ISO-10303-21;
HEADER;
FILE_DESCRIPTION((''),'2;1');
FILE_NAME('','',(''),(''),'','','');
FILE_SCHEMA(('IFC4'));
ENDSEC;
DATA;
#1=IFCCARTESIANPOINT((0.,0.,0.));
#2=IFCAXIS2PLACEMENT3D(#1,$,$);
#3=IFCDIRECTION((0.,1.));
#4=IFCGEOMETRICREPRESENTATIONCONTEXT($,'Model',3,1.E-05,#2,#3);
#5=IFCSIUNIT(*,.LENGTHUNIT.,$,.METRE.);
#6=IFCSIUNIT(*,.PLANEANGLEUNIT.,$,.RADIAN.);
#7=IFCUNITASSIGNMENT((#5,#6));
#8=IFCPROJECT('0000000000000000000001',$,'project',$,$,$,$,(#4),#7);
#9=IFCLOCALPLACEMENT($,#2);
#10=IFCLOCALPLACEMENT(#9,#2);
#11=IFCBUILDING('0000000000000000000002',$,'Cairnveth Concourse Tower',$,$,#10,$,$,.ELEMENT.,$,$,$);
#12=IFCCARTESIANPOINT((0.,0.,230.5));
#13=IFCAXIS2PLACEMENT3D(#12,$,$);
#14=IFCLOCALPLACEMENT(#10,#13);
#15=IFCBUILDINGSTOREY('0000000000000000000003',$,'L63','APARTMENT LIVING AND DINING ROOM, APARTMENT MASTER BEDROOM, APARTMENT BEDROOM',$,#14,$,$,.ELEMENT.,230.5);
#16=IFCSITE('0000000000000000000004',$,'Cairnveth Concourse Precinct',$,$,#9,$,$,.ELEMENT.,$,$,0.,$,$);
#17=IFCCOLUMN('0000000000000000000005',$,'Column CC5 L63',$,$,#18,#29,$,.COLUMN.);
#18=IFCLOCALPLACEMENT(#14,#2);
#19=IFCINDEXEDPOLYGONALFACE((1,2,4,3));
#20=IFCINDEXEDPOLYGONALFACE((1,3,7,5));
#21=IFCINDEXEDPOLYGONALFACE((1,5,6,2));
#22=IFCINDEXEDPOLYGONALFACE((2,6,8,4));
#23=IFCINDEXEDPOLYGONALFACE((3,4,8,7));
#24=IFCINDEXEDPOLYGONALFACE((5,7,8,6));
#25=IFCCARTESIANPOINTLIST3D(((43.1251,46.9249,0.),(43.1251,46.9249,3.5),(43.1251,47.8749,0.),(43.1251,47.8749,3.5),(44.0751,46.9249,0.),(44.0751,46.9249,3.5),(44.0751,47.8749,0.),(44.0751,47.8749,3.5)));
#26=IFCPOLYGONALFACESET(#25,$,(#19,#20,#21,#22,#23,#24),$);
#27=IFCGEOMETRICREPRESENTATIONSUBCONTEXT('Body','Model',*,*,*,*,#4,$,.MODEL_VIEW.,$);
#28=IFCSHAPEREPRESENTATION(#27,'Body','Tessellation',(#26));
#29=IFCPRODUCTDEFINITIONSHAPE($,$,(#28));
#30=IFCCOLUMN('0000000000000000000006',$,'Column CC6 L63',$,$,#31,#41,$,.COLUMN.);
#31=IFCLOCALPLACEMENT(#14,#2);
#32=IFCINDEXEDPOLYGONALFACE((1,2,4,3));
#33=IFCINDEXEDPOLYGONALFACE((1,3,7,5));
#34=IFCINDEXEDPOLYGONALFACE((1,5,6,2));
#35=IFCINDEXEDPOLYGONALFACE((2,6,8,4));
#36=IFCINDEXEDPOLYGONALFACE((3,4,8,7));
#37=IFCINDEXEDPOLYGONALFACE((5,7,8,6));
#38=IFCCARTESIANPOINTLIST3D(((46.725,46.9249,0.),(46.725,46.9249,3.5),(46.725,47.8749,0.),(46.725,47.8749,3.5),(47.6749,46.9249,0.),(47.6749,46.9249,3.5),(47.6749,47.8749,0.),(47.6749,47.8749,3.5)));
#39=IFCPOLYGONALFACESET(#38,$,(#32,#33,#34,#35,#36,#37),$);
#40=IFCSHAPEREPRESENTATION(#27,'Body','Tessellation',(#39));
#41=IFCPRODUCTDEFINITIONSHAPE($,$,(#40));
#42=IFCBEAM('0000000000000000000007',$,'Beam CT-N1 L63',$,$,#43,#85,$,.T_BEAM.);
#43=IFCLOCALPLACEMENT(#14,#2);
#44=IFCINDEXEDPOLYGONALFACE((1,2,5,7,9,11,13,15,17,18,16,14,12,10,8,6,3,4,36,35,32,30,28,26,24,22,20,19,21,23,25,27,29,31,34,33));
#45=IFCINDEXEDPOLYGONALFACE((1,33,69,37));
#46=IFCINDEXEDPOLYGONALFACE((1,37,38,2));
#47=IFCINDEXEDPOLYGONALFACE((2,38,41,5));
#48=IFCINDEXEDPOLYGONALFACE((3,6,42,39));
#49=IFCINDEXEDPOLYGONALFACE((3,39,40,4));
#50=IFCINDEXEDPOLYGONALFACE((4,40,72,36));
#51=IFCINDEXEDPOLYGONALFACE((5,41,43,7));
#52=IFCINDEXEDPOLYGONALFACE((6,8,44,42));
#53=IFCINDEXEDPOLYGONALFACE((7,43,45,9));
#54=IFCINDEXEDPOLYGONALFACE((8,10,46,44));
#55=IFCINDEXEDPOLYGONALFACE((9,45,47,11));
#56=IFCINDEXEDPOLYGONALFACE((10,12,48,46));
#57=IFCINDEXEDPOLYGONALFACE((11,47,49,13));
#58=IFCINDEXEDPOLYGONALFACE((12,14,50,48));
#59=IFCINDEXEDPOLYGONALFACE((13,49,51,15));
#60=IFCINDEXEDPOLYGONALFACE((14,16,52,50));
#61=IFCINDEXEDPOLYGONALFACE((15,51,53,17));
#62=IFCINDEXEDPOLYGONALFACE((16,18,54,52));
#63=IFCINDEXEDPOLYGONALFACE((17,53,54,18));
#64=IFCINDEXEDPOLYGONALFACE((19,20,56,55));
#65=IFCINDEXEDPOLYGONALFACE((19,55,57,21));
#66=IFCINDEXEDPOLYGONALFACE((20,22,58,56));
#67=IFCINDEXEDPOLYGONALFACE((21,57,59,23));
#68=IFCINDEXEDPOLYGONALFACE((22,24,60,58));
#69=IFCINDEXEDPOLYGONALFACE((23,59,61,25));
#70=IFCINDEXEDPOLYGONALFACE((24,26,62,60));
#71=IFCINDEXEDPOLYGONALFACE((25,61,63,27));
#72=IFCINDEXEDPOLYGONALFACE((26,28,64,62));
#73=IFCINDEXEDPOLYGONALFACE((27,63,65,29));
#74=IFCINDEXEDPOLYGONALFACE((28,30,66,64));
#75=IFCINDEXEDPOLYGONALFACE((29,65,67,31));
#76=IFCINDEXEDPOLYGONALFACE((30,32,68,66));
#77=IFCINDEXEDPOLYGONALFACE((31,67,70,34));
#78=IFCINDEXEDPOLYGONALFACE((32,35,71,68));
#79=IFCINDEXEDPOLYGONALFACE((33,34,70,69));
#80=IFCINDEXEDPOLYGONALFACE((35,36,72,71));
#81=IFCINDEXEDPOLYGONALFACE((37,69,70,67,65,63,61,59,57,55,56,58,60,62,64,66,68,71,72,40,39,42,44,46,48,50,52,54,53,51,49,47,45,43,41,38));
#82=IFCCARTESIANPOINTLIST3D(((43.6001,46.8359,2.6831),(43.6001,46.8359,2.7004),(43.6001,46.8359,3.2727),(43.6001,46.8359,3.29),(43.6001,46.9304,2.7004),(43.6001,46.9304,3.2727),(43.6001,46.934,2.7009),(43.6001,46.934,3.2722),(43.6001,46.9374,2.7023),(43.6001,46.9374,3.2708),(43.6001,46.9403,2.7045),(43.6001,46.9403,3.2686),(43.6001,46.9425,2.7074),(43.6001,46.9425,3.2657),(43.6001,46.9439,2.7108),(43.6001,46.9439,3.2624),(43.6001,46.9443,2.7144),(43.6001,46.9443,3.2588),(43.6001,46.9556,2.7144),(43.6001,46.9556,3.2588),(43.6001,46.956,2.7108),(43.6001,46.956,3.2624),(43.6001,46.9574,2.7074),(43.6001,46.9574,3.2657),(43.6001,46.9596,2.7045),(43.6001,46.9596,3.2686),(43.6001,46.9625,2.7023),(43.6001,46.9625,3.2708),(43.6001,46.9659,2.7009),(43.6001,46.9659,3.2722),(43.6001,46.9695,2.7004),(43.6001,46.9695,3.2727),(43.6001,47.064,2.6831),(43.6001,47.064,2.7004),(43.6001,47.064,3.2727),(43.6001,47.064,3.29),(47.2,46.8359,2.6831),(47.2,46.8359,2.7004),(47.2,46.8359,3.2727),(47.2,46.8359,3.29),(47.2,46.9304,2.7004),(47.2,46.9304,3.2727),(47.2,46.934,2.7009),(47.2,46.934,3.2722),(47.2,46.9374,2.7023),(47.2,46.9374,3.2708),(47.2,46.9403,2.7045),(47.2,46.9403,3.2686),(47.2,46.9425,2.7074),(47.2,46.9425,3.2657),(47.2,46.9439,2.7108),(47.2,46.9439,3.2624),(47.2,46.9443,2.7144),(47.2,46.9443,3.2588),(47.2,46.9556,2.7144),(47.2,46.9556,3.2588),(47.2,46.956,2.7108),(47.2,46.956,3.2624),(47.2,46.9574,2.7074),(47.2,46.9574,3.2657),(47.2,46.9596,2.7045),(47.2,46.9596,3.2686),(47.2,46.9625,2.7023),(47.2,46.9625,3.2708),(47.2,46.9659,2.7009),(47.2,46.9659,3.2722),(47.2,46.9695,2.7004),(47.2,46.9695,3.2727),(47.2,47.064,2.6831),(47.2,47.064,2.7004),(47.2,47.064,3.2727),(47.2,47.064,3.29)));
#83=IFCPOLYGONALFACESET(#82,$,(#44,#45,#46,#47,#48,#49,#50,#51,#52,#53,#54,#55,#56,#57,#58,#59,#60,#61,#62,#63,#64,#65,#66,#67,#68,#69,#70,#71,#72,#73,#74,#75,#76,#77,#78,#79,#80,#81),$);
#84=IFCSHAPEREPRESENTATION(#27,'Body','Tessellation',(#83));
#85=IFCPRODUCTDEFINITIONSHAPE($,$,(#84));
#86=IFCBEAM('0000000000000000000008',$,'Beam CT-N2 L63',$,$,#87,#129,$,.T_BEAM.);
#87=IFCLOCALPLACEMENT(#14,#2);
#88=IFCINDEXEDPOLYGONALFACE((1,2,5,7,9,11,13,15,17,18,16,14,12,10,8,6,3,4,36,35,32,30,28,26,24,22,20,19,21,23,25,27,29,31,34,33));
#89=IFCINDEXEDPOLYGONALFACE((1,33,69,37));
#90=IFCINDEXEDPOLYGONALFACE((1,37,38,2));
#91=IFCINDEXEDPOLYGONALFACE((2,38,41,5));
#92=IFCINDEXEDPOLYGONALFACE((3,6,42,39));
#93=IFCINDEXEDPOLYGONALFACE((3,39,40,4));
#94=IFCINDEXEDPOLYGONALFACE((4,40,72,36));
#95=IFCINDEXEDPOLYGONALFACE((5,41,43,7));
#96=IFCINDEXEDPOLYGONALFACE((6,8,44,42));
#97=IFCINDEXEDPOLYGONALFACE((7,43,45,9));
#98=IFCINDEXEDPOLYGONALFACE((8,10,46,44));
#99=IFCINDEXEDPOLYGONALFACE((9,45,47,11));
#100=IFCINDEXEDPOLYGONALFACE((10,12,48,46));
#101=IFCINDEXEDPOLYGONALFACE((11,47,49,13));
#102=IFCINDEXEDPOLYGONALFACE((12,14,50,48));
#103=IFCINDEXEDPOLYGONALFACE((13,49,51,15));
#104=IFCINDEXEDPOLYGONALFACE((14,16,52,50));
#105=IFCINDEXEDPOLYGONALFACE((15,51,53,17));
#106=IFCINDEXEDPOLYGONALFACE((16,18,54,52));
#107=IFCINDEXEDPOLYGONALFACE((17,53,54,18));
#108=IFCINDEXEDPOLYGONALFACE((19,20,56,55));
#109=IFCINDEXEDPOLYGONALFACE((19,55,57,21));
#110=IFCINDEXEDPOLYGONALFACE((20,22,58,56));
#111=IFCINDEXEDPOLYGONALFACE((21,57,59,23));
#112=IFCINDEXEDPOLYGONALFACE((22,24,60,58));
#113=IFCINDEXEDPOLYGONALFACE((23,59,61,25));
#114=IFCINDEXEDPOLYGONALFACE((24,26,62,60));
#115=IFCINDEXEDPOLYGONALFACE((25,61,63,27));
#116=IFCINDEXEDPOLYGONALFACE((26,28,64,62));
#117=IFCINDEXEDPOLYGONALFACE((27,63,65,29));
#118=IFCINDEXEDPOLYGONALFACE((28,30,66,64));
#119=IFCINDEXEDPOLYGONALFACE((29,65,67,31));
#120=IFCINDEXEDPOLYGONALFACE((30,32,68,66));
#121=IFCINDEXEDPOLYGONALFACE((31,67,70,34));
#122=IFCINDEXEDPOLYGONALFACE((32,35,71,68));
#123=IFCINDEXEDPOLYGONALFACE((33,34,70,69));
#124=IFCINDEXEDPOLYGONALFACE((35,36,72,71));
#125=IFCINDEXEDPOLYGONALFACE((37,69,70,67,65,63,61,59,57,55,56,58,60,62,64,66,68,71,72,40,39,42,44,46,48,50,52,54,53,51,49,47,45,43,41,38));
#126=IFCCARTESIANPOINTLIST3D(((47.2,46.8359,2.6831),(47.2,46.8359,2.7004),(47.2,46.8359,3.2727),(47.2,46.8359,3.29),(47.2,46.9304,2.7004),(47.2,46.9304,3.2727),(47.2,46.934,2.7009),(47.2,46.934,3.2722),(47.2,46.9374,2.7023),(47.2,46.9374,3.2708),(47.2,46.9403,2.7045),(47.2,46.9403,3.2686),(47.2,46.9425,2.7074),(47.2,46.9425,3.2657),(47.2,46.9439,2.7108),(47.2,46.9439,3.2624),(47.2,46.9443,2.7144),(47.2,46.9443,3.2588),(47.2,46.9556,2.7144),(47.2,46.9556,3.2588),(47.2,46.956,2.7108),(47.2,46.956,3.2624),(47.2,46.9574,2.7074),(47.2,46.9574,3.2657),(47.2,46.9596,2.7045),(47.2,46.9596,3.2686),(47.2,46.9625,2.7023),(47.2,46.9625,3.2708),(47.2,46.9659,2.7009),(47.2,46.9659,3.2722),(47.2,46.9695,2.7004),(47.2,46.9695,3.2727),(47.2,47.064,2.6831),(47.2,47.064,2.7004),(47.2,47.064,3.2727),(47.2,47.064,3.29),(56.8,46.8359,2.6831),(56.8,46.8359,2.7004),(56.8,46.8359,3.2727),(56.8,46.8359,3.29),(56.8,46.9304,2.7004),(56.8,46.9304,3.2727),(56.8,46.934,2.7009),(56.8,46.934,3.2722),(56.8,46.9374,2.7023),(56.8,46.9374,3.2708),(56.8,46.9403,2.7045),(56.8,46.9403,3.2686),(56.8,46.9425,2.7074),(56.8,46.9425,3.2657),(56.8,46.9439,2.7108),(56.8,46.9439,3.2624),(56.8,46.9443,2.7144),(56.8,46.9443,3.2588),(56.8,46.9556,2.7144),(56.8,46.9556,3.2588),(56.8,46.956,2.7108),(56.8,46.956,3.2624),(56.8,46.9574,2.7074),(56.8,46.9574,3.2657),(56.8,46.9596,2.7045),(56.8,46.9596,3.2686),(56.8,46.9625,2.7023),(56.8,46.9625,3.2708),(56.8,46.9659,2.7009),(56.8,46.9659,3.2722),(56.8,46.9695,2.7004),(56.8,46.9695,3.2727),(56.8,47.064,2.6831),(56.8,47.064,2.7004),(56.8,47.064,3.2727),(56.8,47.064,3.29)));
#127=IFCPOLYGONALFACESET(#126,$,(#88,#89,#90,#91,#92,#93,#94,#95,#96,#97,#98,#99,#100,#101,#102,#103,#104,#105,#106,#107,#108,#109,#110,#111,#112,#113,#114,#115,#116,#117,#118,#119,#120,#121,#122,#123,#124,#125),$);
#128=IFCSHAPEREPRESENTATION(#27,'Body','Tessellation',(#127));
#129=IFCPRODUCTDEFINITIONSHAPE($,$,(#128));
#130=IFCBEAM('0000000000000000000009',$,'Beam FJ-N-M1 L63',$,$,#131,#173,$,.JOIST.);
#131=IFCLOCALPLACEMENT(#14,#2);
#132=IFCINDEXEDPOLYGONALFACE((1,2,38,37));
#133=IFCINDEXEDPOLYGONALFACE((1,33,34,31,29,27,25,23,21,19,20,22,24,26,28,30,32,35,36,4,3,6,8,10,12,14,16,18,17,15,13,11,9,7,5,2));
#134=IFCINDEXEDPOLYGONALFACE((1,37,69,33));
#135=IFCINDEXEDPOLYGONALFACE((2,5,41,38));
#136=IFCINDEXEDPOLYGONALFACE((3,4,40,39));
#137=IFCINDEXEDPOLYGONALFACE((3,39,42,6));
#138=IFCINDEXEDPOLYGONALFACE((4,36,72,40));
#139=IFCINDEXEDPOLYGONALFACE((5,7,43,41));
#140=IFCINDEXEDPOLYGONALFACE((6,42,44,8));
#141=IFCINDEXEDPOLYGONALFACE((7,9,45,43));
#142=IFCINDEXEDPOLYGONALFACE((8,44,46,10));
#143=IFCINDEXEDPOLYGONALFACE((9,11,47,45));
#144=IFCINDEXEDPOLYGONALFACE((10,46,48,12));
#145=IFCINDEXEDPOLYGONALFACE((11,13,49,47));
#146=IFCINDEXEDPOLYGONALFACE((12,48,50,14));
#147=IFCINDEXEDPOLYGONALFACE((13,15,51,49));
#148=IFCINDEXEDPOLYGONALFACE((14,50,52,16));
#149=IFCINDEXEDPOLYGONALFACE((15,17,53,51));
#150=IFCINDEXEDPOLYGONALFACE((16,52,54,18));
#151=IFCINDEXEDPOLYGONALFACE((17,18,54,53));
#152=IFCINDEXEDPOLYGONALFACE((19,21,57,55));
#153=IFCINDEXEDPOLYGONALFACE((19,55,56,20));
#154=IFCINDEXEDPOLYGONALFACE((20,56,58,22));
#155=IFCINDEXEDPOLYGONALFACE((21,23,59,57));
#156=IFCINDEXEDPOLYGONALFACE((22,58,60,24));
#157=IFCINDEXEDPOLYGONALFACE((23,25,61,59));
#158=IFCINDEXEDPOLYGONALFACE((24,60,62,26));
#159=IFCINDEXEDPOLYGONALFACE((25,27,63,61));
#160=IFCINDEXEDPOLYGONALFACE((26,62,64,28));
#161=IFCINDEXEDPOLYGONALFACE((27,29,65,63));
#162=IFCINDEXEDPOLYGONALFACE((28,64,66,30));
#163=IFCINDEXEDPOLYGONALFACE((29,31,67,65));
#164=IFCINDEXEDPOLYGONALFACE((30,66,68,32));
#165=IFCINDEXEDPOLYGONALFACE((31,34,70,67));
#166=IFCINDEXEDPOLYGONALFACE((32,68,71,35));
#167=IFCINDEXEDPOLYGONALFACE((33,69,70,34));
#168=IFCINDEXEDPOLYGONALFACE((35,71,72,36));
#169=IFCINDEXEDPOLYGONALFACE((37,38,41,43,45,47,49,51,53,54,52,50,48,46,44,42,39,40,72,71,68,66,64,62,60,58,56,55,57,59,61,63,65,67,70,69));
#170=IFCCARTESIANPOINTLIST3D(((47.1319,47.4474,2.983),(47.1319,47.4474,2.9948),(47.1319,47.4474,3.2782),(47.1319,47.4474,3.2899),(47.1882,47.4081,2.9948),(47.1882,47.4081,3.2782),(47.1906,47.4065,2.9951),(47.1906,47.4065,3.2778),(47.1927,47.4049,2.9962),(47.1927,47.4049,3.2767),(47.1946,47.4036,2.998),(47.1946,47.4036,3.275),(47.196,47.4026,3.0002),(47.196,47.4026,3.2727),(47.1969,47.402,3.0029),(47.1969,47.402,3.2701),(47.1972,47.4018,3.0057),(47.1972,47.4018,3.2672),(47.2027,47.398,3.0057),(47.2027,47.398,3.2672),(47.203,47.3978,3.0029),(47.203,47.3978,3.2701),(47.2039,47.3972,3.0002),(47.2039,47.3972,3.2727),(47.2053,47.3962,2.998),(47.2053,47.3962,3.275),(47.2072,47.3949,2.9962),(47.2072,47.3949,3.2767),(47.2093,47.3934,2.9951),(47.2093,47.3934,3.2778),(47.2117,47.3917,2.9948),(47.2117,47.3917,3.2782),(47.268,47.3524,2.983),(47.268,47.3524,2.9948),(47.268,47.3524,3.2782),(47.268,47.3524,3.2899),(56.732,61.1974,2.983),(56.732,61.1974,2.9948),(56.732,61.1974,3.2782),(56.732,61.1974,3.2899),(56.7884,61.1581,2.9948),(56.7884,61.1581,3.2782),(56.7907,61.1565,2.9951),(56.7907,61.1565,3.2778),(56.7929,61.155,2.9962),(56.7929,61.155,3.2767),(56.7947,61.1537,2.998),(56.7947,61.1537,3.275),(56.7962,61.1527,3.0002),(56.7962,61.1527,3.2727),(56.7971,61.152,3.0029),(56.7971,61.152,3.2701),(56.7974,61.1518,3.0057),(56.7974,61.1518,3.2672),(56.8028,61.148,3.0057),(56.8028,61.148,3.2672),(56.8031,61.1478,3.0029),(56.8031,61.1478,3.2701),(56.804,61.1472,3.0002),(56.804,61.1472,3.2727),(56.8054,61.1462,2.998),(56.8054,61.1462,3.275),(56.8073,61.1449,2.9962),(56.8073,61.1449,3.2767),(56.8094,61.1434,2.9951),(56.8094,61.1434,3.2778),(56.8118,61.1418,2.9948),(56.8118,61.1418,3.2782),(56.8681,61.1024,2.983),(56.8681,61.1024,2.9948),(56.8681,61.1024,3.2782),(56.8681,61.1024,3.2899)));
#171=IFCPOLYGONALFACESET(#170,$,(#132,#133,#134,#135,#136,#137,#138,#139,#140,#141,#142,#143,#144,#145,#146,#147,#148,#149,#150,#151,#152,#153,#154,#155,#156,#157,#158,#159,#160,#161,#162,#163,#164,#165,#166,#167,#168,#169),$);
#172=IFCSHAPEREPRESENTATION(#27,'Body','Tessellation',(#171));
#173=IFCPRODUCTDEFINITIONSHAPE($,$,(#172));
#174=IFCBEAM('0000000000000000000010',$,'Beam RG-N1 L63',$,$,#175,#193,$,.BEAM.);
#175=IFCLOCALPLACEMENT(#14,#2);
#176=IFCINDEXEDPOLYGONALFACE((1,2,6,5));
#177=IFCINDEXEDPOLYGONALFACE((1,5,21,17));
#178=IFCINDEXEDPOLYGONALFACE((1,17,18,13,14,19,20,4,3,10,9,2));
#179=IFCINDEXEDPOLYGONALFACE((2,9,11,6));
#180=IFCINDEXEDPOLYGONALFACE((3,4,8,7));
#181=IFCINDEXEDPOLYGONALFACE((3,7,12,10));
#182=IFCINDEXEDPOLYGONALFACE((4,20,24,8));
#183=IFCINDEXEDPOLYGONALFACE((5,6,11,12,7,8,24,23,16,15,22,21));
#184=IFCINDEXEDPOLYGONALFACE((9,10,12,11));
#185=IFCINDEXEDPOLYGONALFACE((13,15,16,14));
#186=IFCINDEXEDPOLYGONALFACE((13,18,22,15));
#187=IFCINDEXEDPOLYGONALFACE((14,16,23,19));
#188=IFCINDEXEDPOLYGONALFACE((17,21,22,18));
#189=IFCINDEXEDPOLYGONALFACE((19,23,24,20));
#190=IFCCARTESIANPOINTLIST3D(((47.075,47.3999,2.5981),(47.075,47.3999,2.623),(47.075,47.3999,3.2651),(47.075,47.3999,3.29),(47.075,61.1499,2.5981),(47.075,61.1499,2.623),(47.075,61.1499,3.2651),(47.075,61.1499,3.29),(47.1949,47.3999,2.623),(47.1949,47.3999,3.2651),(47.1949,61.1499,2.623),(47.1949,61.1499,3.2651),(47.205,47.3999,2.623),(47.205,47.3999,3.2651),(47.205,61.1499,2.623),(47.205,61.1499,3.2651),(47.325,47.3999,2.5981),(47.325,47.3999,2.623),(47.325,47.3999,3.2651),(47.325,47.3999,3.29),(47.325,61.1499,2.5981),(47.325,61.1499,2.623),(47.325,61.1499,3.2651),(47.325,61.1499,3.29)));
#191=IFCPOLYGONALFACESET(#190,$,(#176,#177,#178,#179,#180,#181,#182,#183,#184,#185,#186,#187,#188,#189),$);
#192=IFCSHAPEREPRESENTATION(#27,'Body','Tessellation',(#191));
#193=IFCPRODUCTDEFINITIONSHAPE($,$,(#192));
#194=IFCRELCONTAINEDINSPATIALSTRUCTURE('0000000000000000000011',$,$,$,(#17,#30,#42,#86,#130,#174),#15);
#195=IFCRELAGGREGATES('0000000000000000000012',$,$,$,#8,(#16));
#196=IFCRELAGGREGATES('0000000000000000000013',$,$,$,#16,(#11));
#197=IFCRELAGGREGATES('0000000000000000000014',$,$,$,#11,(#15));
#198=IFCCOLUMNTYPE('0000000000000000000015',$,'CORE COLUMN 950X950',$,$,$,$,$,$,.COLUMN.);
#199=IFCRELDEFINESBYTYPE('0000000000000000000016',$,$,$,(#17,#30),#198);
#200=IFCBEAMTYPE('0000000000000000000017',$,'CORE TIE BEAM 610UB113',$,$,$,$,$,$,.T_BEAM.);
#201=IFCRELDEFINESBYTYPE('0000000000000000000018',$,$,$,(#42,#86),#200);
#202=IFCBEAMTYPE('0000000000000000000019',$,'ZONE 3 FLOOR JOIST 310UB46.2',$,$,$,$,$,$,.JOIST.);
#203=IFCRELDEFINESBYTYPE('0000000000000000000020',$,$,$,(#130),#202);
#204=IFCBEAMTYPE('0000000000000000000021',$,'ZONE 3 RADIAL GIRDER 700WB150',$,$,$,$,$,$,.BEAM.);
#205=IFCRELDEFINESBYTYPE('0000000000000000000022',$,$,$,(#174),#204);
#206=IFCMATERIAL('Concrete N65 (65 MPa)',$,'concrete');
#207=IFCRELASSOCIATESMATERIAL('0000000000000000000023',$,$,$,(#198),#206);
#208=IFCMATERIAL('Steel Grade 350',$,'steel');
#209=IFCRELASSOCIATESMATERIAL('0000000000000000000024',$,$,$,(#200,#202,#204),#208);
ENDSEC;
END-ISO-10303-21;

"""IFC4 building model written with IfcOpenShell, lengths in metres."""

from ifc_helpers import new_model, si_unit, direction, frame, origin, origin_2d, place, context, subcontext, project, spatial, rectangle, i_section, extrude, material, material_profile, profile_set, type_object, element, save


model = new_model("IFC4")

# Units and contexts
model_context = context("Model", 3, precision=1e-05, world=origin(), true_north=direction((0.0, 1.0)))
body_context = subcontext(model_context, "Body", "Model", "MODEL_VIEW")
ifc_project = project(units=[si_unit("LENGTHUNIT", "METRE"), si_unit("PLANEANGLEUNIT", "RADIAN")], contexts=[model_context])

# Site, building, storey
site_placement = place(None, origin())
site = spatial("IfcSite", under=ifc_project, at=site_placement, Name="Cairnveth Concourse Precinct", CompositionType="ELEMENT", RefElevation=0.0)
building_placement = place(site_placement, origin())
building = spatial("IfcBuilding", under=site, at=building_placement, Name="Cairnveth Concourse Tower", CompositionType="ELEMENT")
storey_placement = place(building_placement, frame((0.0, 0.0, 230.5)))
storey = spatial("IfcBuildingStorey", under=building, at=storey_placement, Name="L63", Description="APARTMENT LIVING AND DINING ROOM, APARTMENT MASTER BEDROOM, APARTMENT BEDROOM", CompositionType="ELEMENT", Elevation=230.5)

# Columns
ifc_material_1 = material(Name="Concrete N65 (65 MPa)", Category="concrete")
ifc_material_profile_1 = material_profile(ifc_material_1, rectangle(XDim=0.95, YDim=0.95, at=origin_2d()), Name="RC-COL-950x950")
ifc_profile_set_1 = profile_set([ifc_material_profile_1], Name="Concrete N65 (65 MPa)")
column_type = type_object("IfcColumnType", Name="CORE COLUMN 950X950", PredefinedType="COLUMN", material=ifc_profile_set_1)
for number, where, z_axis, x_axis, name in (
    (1, (43.6001, 47.3999, 0.0), (0.0, 0.0, 1.0), (1.0, 0.0, 0.0), "Column CC5 L63"),
    (2, (47.2, 47.3999, 0.0), (0.0, 0.0, 1.0), (1.0, 0.0, 0.0), "Column CC6 L63"),
):
    element("IfcColumn", number, at=place(storey_placement, frame(where, z_axis=z_axis, x_axis=x_axis)), inside=storey, type_object=column_type, Name=name, PredefinedType="COLUMN", context=body_context, shape_type="SweptSolid", body=[
        extrude(rectangle(XDim=0.95, YDim=0.95, at=origin_2d()), origin(), (0.0, 0.0, 1.0), 3.5),
    ])

# Beams
ifc_material_2 = material(Name="Steel Grade 350", Category="steel")
ifc_material_profile_2 = material_profile(ifc_material_2, i_section(OverallWidth=0.228, OverallDepth=0.6069, WebThickness=0.0112, FlangeThickness=0.0173, FilletRadius=0.0139, at=origin_2d()), Name="610UB113")
ifc_profile_set_2 = profile_set([ifc_material_profile_2], Name="Steel Grade 350")
beam_type_1 = type_object("IfcBeamType", Name="CORE TIE BEAM 610UB113", PredefinedType="T_BEAM", material=ifc_profile_set_2)
beam_1_placement = place(storey_placement, frame((43.6001, 46.95, 2.9866), z_axis=(1.0, 0.0, 0.0), x_axis=(0.0, 1.0, 0.0)))
element("IfcBeam", 3, at=beam_1_placement, inside=storey, type_object=beam_type_1, Name="Beam CT-N1 L63", PredefinedType="T_BEAM", context=body_context, shape_type="SweptSolid", body=[
    extrude(i_section(OverallWidth=0.228, OverallDepth=0.6069, WebThickness=0.0112, FlangeThickness=0.0173, FilletRadius=0.0139, at=origin_2d()), origin(), (0.0, 0.0, 1.0), 3.5999),
])
beam_2_placement = place(storey_placement, frame((47.2, 46.95, 2.9866), z_axis=(1.0, 0.0, 0.0), x_axis=(0.0, 1.0, 0.0)))
element("IfcBeam", 4, at=beam_2_placement, inside=storey, type_object=beam_type_1, Name="Beam CT-N2 L63", PredefinedType="T_BEAM", context=body_context, shape_type="SweptSolid", body=[
    extrude(i_section(OverallWidth=0.228, OverallDepth=0.6069, WebThickness=0.0112, FlangeThickness=0.0173, FilletRadius=0.0139, at=origin_2d()), origin(), (0.0, 0.0, 1.0), 9.6001),
])
ifc_material_profile_3 = material_profile(ifc_material_2, i_section(OverallWidth=0.166, OverallDepth=0.3069, WebThickness=0.0066, FlangeThickness=0.0117, FilletRadius=0.011, at=origin_2d()), Name="310UB46.2")
ifc_profile_set_3 = profile_set([ifc_material_profile_3], Name="Steel Grade 350")
beam_type_2 = type_object("IfcBeamType", Name="ZONE 3 FLOOR JOIST 310UB46.2", PredefinedType="JOIST", material=ifc_profile_set_3)
beam_3_placement = place(storey_placement, frame((47.2, 47.3999, 3.1365), z_axis=(0.572465, 0.819929, 0.0), x_axis=(-0.819929, 0.572465, 0.0)))
element("IfcBeam", 5, at=beam_3_placement, inside=storey, type_object=beam_type_2, Name="Beam FJ-N-M1 L63", PredefinedType="JOIST", context=body_context, shape_type="SweptSolid", body=[
    extrude(i_section(OverallWidth=0.166, OverallDepth=0.3069, WebThickness=0.0066, FlangeThickness=0.0117, FilletRadius=0.011, at=origin_2d()), origin(), (0.0, 0.0, 1.0), 16.7698),
])
ifc_material_profile_4 = material_profile(ifc_material_2, i_section(OverallWidth=0.25, OverallDepth=0.6919, WebThickness=0.01, FlangeThickness=0.0249, at=origin_2d()), Name="700WB150")
ifc_profile_set_4 = profile_set([ifc_material_profile_4], Name="Steel Grade 350")
beam_type_3 = type_object("IfcBeamType", Name="ZONE 3 RADIAL GIRDER 700WB150", PredefinedType="BEAM", material=ifc_profile_set_4)
beam_4_placement = place(storey_placement, frame((47.2, 47.3999, 2.9441), z_axis=(0.0, 1.0, 0.0), x_axis=(-1.0, 0.0, 0.0)))
element("IfcBeam", 6, at=beam_4_placement, inside=storey, type_object=beam_type_3, Name="Beam RG-N1 L63", PredefinedType="BEAM", context=body_context, shape_type="SweptSolid", body=[
    extrude(i_section(OverallWidth=0.25, OverallDepth=0.6919, WebThickness=0.01, FlangeThickness=0.0249, at=origin_2d()), origin(), (0.0, 0.0, 1.0), 13.75),
])

save(model, "model.ifc")
